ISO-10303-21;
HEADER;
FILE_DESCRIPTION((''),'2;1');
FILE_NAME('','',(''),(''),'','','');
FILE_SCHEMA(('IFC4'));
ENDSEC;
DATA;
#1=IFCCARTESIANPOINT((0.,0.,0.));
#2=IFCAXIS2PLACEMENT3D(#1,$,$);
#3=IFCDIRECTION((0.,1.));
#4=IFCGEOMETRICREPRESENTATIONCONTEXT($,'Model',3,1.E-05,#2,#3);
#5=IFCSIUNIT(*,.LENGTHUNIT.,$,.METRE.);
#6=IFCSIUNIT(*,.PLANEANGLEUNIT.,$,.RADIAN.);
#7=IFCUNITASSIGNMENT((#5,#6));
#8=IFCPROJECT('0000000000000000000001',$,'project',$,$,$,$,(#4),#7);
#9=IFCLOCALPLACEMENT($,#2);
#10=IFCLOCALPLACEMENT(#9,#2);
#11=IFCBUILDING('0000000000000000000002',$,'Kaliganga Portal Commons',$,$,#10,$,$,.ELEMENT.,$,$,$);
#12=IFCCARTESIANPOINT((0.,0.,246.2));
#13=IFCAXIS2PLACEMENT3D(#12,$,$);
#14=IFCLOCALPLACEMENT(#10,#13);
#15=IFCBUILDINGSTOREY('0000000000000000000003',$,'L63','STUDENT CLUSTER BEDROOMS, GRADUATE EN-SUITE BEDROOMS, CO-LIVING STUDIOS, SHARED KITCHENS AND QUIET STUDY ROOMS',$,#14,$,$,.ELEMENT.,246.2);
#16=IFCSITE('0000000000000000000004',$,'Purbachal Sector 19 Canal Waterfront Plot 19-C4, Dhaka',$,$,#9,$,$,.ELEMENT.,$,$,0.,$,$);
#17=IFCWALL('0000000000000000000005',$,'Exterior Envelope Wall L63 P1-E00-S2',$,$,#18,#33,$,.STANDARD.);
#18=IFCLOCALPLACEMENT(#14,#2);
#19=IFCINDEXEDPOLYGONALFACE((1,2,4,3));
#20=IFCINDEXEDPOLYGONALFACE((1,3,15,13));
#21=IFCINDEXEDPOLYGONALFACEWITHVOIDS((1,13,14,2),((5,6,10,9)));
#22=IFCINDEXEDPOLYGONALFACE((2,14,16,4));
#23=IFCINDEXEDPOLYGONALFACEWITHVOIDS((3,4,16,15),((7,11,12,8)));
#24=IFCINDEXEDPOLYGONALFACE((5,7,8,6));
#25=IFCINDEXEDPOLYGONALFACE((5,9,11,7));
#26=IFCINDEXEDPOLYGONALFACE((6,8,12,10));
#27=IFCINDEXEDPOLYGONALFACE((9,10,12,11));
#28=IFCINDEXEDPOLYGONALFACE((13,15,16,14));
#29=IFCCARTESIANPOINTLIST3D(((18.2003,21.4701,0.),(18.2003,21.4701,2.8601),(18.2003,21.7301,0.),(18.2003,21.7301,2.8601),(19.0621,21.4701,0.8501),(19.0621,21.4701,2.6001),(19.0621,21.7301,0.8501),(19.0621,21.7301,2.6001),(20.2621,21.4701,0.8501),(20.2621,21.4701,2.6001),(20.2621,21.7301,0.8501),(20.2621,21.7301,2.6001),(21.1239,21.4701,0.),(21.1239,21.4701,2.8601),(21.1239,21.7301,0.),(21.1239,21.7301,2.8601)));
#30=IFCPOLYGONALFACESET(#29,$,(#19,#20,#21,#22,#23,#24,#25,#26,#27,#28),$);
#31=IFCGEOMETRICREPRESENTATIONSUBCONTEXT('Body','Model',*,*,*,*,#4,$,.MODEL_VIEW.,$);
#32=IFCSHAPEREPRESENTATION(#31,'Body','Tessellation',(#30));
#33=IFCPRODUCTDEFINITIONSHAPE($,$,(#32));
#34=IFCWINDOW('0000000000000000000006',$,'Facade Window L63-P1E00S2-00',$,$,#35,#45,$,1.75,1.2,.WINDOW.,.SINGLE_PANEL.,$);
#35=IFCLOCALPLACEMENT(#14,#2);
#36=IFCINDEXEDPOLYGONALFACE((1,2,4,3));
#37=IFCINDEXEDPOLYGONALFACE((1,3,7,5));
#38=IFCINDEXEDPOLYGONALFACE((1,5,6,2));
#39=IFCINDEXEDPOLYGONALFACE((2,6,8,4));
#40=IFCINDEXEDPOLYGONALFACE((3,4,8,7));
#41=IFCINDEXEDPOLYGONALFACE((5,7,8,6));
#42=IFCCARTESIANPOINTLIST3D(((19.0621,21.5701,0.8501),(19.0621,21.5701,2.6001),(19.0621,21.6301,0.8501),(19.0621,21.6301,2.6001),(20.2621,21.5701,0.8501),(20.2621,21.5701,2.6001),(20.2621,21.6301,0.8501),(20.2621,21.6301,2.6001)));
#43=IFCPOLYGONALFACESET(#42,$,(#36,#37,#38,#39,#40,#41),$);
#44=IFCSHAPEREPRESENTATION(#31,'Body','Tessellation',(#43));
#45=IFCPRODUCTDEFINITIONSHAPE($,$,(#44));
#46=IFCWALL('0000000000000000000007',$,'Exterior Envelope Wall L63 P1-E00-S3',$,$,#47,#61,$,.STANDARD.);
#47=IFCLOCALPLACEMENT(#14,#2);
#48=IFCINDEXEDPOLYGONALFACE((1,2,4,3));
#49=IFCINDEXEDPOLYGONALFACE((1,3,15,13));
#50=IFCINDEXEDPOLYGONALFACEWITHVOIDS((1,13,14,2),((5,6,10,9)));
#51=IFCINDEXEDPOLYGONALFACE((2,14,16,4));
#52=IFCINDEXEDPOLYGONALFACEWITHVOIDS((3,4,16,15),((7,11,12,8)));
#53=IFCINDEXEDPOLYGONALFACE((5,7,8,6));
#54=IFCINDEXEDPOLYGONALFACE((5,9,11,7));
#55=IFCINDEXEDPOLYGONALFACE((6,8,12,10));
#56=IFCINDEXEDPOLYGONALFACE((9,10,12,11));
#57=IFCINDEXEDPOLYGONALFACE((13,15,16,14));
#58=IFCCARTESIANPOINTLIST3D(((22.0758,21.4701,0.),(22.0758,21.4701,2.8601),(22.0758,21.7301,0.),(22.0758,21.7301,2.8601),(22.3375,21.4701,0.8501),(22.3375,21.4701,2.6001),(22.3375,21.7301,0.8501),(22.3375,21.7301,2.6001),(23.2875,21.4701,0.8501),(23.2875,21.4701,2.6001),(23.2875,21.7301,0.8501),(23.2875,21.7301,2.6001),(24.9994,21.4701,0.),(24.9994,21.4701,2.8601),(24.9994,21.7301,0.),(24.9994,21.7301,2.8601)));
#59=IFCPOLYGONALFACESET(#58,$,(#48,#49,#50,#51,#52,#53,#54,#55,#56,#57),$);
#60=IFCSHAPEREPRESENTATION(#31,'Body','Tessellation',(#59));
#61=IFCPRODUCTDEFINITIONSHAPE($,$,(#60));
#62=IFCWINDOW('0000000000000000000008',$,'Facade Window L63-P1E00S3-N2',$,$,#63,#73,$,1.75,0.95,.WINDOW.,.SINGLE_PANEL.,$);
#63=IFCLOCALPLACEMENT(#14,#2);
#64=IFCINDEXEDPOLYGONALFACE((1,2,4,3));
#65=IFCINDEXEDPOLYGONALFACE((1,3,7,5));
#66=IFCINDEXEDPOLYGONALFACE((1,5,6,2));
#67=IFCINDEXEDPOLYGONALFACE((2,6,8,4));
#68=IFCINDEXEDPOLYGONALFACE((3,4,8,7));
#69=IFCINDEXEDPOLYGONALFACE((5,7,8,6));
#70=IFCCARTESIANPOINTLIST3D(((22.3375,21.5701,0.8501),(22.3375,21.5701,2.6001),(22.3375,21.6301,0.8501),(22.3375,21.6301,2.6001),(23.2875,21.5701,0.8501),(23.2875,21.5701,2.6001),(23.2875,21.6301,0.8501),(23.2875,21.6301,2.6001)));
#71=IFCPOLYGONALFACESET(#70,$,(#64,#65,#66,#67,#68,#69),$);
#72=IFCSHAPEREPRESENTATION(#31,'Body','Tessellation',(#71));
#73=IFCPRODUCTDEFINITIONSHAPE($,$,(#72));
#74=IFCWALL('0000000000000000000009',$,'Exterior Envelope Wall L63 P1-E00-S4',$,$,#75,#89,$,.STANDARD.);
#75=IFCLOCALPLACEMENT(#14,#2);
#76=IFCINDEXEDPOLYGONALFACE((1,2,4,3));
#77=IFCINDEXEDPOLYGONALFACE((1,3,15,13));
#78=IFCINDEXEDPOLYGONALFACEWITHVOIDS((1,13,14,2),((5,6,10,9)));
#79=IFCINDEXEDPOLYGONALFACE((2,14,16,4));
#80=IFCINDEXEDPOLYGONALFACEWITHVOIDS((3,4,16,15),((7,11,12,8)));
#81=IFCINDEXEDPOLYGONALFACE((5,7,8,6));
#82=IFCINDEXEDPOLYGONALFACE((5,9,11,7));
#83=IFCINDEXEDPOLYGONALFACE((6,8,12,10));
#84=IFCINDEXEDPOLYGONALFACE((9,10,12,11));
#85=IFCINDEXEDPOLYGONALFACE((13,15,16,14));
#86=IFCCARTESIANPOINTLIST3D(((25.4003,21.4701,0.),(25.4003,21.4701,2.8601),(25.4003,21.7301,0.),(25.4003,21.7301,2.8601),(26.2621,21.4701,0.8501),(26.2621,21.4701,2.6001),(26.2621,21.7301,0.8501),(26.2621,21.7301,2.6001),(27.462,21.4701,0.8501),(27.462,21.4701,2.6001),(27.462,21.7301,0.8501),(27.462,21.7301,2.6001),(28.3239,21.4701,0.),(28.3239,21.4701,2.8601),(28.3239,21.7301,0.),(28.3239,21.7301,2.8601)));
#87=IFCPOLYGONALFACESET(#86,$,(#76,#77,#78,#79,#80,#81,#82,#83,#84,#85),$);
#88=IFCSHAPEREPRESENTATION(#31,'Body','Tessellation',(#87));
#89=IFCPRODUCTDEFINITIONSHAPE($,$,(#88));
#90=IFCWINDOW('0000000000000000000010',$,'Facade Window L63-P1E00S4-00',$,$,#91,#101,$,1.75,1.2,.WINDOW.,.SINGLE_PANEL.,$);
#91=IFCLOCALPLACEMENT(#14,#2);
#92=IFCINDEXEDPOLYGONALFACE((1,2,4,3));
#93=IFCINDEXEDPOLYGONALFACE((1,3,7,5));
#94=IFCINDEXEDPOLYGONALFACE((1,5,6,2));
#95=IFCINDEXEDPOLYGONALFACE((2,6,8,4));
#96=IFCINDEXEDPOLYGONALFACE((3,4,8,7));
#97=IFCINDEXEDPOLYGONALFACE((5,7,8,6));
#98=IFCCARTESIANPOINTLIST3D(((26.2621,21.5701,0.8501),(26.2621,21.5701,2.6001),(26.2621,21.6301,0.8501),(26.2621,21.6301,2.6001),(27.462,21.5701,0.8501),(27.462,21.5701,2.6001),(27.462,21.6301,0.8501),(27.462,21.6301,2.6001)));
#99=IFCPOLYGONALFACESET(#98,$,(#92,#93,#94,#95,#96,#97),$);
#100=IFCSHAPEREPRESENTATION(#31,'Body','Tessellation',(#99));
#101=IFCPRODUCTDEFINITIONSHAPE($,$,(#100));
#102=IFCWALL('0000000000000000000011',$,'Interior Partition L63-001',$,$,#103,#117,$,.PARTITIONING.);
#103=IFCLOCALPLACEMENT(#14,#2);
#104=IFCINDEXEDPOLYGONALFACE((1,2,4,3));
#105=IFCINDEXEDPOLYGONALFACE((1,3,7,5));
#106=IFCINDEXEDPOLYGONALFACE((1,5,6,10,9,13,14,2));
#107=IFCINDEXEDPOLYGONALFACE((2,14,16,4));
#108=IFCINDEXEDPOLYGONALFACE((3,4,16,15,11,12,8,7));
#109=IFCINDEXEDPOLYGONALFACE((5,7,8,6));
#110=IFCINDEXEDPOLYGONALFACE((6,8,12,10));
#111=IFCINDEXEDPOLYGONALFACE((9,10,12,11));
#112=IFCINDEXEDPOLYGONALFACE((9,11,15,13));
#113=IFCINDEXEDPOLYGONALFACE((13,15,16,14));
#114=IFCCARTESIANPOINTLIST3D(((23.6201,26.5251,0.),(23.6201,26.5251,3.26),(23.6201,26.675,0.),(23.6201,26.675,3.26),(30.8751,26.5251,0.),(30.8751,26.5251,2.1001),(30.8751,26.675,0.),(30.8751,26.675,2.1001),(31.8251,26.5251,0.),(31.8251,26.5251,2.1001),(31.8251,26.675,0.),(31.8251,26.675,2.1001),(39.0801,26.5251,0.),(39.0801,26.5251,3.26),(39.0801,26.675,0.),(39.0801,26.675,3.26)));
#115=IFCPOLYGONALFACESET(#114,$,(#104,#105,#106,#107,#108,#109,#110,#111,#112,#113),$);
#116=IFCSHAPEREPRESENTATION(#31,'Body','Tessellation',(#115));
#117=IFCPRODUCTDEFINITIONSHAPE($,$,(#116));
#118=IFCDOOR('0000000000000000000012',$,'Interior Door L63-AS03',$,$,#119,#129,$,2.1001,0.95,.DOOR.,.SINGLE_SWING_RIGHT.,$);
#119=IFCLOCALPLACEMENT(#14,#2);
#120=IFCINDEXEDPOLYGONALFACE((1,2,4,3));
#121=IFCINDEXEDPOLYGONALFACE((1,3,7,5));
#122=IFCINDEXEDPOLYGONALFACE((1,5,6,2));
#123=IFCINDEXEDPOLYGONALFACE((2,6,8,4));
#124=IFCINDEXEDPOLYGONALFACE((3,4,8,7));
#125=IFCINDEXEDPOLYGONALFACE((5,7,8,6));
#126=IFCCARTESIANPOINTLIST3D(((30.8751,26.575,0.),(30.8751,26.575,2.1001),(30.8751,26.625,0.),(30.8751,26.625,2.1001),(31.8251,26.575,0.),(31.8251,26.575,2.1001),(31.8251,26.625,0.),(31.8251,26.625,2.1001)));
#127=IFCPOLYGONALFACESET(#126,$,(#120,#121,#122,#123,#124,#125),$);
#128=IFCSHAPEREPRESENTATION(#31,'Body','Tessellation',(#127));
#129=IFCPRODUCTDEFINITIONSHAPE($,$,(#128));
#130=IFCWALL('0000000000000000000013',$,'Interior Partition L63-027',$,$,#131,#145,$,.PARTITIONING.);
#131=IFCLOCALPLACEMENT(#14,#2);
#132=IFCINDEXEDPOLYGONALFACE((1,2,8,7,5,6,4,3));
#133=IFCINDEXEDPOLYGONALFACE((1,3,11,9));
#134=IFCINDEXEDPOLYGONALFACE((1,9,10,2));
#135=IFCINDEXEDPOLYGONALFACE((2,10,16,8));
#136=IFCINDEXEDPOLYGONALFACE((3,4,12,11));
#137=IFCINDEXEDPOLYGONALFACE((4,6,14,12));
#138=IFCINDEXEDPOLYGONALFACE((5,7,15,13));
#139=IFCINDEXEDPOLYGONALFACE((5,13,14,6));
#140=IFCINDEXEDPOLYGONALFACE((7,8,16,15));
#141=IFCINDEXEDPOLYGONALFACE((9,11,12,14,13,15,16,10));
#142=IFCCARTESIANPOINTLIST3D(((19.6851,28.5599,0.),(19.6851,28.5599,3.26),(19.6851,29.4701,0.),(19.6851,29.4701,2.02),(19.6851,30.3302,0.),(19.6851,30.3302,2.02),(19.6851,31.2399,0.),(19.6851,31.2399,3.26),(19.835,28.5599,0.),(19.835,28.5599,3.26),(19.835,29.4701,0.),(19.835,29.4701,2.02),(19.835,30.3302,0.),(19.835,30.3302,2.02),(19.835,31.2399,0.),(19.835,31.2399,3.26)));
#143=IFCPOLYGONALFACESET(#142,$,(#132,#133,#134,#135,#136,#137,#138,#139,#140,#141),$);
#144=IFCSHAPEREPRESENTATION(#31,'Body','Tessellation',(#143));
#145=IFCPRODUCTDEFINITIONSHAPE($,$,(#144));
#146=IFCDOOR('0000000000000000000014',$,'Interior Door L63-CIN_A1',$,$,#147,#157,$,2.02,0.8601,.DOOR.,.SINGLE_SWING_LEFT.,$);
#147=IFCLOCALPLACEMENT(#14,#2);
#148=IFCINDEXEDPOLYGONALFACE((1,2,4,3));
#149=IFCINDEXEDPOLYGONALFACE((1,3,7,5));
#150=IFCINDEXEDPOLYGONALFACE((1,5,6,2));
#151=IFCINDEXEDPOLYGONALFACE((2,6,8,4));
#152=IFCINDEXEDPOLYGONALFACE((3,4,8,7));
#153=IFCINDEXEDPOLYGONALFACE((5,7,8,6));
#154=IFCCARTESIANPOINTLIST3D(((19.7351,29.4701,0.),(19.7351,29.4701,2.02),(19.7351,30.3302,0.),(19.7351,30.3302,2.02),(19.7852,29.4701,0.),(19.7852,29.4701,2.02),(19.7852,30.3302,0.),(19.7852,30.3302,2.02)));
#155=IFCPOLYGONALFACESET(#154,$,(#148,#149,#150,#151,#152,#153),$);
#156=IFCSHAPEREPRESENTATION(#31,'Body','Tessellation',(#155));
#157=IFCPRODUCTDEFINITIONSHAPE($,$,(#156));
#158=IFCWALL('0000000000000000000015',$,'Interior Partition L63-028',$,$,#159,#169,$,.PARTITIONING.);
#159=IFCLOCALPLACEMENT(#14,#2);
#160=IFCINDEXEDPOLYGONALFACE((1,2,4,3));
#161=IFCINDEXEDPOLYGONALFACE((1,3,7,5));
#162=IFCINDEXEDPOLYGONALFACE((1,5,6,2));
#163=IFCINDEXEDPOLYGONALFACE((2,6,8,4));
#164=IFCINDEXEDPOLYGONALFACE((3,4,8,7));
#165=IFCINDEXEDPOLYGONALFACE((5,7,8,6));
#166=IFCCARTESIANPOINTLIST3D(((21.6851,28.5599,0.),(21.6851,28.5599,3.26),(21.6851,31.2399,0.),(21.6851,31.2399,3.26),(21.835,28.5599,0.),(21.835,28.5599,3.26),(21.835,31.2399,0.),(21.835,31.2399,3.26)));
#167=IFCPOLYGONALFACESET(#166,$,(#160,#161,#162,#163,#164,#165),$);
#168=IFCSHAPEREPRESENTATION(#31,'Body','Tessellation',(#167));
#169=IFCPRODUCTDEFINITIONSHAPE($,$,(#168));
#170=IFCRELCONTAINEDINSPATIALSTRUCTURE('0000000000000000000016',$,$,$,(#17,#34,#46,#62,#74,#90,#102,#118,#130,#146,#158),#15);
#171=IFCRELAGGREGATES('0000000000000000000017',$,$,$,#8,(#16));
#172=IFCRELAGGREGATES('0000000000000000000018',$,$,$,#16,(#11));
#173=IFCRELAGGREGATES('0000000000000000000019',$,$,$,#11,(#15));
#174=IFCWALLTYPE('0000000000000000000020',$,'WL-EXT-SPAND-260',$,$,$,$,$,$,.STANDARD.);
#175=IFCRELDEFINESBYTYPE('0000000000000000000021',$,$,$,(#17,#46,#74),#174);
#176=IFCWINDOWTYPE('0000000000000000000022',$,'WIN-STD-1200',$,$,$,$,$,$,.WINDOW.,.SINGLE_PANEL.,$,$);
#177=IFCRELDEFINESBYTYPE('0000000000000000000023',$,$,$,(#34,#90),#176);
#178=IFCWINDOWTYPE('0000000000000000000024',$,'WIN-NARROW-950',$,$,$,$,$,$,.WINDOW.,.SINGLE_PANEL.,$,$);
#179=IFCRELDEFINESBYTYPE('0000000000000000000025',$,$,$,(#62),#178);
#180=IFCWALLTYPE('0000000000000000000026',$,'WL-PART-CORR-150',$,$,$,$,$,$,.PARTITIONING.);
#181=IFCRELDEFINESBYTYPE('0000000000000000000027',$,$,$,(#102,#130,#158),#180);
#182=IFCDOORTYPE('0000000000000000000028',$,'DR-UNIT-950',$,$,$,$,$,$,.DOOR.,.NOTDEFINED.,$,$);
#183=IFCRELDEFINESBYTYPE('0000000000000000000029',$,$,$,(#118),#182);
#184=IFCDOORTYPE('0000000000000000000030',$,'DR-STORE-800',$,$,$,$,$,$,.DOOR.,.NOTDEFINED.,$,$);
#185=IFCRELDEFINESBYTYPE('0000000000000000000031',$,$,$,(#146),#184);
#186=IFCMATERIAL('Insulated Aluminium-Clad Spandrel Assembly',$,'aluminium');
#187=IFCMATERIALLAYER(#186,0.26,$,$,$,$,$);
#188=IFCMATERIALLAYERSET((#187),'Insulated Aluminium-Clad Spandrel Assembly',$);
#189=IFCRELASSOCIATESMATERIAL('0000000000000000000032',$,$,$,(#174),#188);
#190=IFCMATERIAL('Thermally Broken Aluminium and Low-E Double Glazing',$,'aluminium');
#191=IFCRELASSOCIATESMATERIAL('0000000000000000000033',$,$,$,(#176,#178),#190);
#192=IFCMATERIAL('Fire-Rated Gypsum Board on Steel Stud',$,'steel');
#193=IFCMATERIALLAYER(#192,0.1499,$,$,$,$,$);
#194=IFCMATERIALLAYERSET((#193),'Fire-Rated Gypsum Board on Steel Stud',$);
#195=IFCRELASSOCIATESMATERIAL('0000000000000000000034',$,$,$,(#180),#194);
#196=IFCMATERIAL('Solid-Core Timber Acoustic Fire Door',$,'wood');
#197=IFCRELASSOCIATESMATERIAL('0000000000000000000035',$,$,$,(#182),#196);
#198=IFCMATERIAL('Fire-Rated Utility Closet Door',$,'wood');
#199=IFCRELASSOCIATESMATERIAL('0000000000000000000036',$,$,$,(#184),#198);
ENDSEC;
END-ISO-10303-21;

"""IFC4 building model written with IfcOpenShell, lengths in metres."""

from ifc_helpers import new_model, si_unit, direction, frame, frame_2d, origin, place, context, subcontext, project, spatial, rectangle, extrude, material, layer, layer_set, type_object, element, fill, save


model = new_model("IFC4")

# Units and contexts
model_context = context("Model", 3, precision=1e-05, world=origin(), true_north=direction((0.0, 1.0)))
body_context = subcontext(model_context, "Body", "Model", "MODEL_VIEW")
ifc_project = project(units=[si_unit("LENGTHUNIT", "METRE"), si_unit("PLANEANGLEUNIT", "RADIAN")], contexts=[model_context])

# Site, building, storey
site_placement = place(None, origin())
site = spatial("IfcSite", under=ifc_project, at=site_placement, Name="Purbachal Sector 19 Canal Waterfront Plot 19-C4, Dhaka", CompositionType="ELEMENT", RefElevation=0.0)
building_placement = place(site_placement, origin())
building = spatial("IfcBuilding", under=site, at=building_placement, Name="Kaliganga Portal Commons", CompositionType="ELEMENT")
storey_placement = place(building_placement, frame((0.0, 0.0, 246.2)))
storey = spatial("IfcBuildingStorey", under=building, at=storey_placement, Name="L63", Description="STUDENT CLUSTER BEDROOMS, GRADUATE EN-SUITE BEDROOMS, CO-LIVING STUDIOS, SHARED KITCHENS AND QUIET STUDY ROOMS", CompositionType="ELEMENT", Elevation=246.2)

# Walls, openings, windows
ifc_material_1 = material(Name="Insulated Aluminium-Clad Spandrel Assembly", Category="aluminium")
ifc_layer_1 = layer(ifc_material_1, 0.26)
ifc_layer_set_1 = layer_set([ifc_layer_1], Name="Insulated Aluminium-Clad Spandrel Assembly")
wall_type_1 = type_object("IfcWallType", Name="WL-EXT-SPAND-260", PredefinedType="STANDARD", material=ifc_layer_set_1)
wall_1_placement = place(storey_placement, frame((21.124, 21.6001, 0.0), z_axis=(0.0, 0.0, 1.0), x_axis=(-1.0, 0.0, 0.0)))
wall_1 = element("IfcWall", 1, at=wall_1_placement, inside=storey, type_object=wall_type_1, Name="Exterior Envelope Wall L63 P1-E00-S2", PredefinedType="STANDARD", context=body_context, shape_type="SweptSolid", body=[
    extrude(rectangle(XDim=2.9236, YDim=0.26, at=frame_2d((1.4619, 0.0))), origin(), (0.0, 0.0, 1.0), 2.8601),
])
opening_1_placement = place(wall_1_placement, frame((0.8618, 0.0, 0.8501)))
opening_1 = element("IfcOpeningElement", 2, at=opening_1_placement, cuts=wall_1, PredefinedType="OPENING", context=body_context, shape_type="SweptSolid", body=[
    extrude(rectangle(XDim=1.2, YDim=1.75, at=frame_2d((0.6001, 0.875))), frame((0.0, 0.1401, 0.0), z_axis=(0.0, -1.0, 0.0), x_axis=(1.0, 0.0, 0.0)), (0.0, 0.0, 1.0), 0.28),
])
ifc_material_2 = material(Name="Thermally Broken Aluminium and Low-E Double Glazing", Category="aluminium")
window_type_1 = type_object("IfcWindowType", Name="WIN-STD-1200", PartitioningType="SINGLE_PANEL", PredefinedType="WINDOW", material=ifc_material_2)
window_1_placement = place(opening_1_placement, origin())
window_1 = element("IfcWindow", 3, at=window_1_placement, inside=storey, type_object=window_type_1, Name="Facade Window L63-P1E00S2-00", OverallHeight=1.75, OverallWidth=1.2, PartitioningType="SINGLE_PANEL", PredefinedType="WINDOW", context=body_context, shape_type="SweptSolid", body=[
    extrude(rectangle(XDim=1.2, YDim=1.75, at=frame_2d((0.6001, 0.875))), frame((0.0, 0.03, 0.0), z_axis=(0.0, -1.0, 0.0), x_axis=(1.0, 0.0, 0.0)), (0.0, 0.0, 1.0), 0.0601),
])
fill(opening_1, window_1)
wall_2_placement = place(storey_placement, frame((24.9995, 21.6001, 0.0), z_axis=(0.0, 0.0, 1.0), x_axis=(-1.0, 0.0, 0.0)))
wall_2 = element("IfcWall", 4, at=wall_2_placement, inside=storey, type_object=wall_type_1, Name="Exterior Envelope Wall L63 P1-E00-S3", PredefinedType="STANDARD", context=body_context, shape_type="SweptSolid", body=[
    extrude(rectangle(XDim=2.9236, YDim=0.26, at=frame_2d((1.4619, 0.0))), origin(), (0.0, 0.0, 1.0), 2.8601),
])
opening_2_placement = place(wall_2_placement, frame((1.7119, 0.0, 0.8501)))
opening_2 = element("IfcOpeningElement", 5, at=opening_2_placement, cuts=wall_2, PredefinedType="OPENING", context=body_context, shape_type="SweptSolid", body=[
    extrude(rectangle(XDim=0.95, YDim=1.75, at=frame_2d((0.4751, 0.875))), frame((0.0, 0.1401, 0.0), z_axis=(0.0, -1.0, 0.0), x_axis=(1.0, 0.0, 0.0)), (0.0, 0.0, 1.0), 0.28),
])
window_type_2 = type_object("IfcWindowType", Name="WIN-NARROW-950", PartitioningType="SINGLE_PANEL", PredefinedType="WINDOW", material=ifc_material_2)
window_2_placement = place(opening_2_placement, origin())
window_2 = element("IfcWindow", 6, at=window_2_placement, inside=storey, type_object=window_type_2, Name="Facade Window L63-P1E00S3-N2", OverallHeight=1.75, OverallWidth=0.95, PartitioningType="SINGLE_PANEL", PredefinedType="WINDOW", context=body_context, shape_type="SweptSolid", body=[
    extrude(rectangle(XDim=0.95, YDim=1.75, at=frame_2d((0.4751, 0.875))), frame((0.0, 0.03, 0.0), z_axis=(0.0, -1.0, 0.0), x_axis=(1.0, 0.0, 0.0)), (0.0, 0.0, 1.0), 0.0601),
])
fill(opening_2, window_2)
wall_3_placement = place(storey_placement, frame((28.324, 21.6001, 0.0), z_axis=(0.0, 0.0, 1.0), x_axis=(-1.0, 0.0, 0.0)))
wall_3 = element("IfcWall", 7, at=wall_3_placement, inside=storey, type_object=wall_type_1, Name="Exterior Envelope Wall L63 P1-E00-S4", PredefinedType="STANDARD", context=body_context, shape_type="SweptSolid", body=[
    extrude(rectangle(XDim=2.9236, YDim=0.26, at=frame_2d((1.4619, 0.0))), origin(), (0.0, 0.0, 1.0), 2.8601),
])
opening_3_placement = place(wall_3_placement, frame((0.8618, 0.0, 0.8501)))
opening_3 = element("IfcOpeningElement", 8, at=opening_3_placement, cuts=wall_3, PredefinedType="OPENING", context=body_context, shape_type="SweptSolid", body=[
    extrude(rectangle(XDim=1.2, YDim=1.75, at=frame_2d((0.6001, 0.875))), frame((0.0, 0.1401, 0.0), z_axis=(0.0, -1.0, 0.0), x_axis=(1.0, 0.0, 0.0)), (0.0, 0.0, 1.0), 0.28),
])
window_3_placement = place(opening_3_placement, origin())
window_3 = element("IfcWindow", 9, at=window_3_placement, inside=storey, type_object=window_type_1, Name="Facade Window L63-P1E00S4-00", OverallHeight=1.75, OverallWidth=1.2, PartitioningType="SINGLE_PANEL", PredefinedType="WINDOW", context=body_context, shape_type="SweptSolid", body=[
    extrude(rectangle(XDim=1.2, YDim=1.75, at=frame_2d((0.6001, 0.875))), frame((0.0, 0.03, 0.0), z_axis=(0.0, -1.0, 0.0), x_axis=(1.0, 0.0, 0.0)), (0.0, 0.0, 1.0), 0.0601),
])
fill(opening_3, window_3)

# Walls, openings, doors
ifc_material_3 = material(Name="Fire-Rated Gypsum Board on Steel Stud", Category="steel")
ifc_layer_2 = layer(ifc_material_3, 0.1499)
ifc_layer_set_2 = layer_set([ifc_layer_2], Name="Fire-Rated Gypsum Board on Steel Stud")
wall_type_2 = type_object("IfcWallType", Name="WL-PART-CORR-150", PredefinedType="PARTITIONING", material=ifc_layer_set_2)
wall_4_placement = place(storey_placement, frame((23.6201, 26.6001, 0.0), z_axis=(0.0, 0.0, 1.0), x_axis=(1.0, 0.0, 0.0)))
wall_4 = element("IfcWall", 10, at=wall_4_placement, inside=storey, type_object=wall_type_2, Name="Interior Partition L63-001", PredefinedType="PARTITIONING", context=body_context, shape_type="SweptSolid", body=[
    extrude(rectangle(XDim=15.46, YDim=0.1499, at=frame_2d((7.73, 0.0))), origin(), (0.0, 0.0, 1.0), 3.26),
])
opening_4_placement = place(wall_4_placement, frame((7.2549, 0.0, 0.0)))
opening_4 = element("IfcOpeningElement", 11, at=opening_4_placement, cuts=wall_4, PredefinedType="OPENING", context=body_context, shape_type="SweptSolid", body=[
    extrude(rectangle(XDim=0.95, YDim=2.1001, at=frame_2d((0.4751, 1.05))), frame((0.0, 0.085, 0.0), z_axis=(0.0, -1.0, 0.0), x_axis=(1.0, 0.0, 0.0)), (0.0, 0.0, 1.0), 0.1699),
])
ifc_material_4 = material(Name="Solid-Core Timber Acoustic Fire Door", Category="wood")
door_type_1 = type_object("IfcDoorType", Name="DR-UNIT-950", OperationType="NOTDEFINED", PredefinedType="DOOR", material=ifc_material_4)
door_1_placement = place(opening_4_placement, origin())
door_1 = element("IfcDoor", 12, at=door_1_placement, inside=storey, type_object=door_type_1, Name="Interior Door L63-AS03", OperationType="SINGLE_SWING_RIGHT", OverallHeight=2.1001, OverallWidth=0.95, PredefinedType="DOOR", context=body_context, shape_type="SweptSolid", body=[
    extrude(rectangle(XDim=0.95, YDim=2.1001, at=frame_2d((0.4751, 1.05))), frame((0.0, 0.0249, 0.0), z_axis=(0.0, -1.0, 0.0), x_axis=(1.0, 0.0, 0.0)), (0.0, 0.0, 1.0), 0.05),
])
fill(opening_4, door_1)
wall_5_placement = place(storey_placement, frame((19.76, 28.5601, 0.0), z_axis=(0.0, 0.0, 1.0), x_axis=(0.0, 1.0, 0.0)))
wall_5 = element("IfcWall", 13, at=wall_5_placement, inside=storey, type_object=wall_type_2, Name="Interior Partition L63-027", PredefinedType="PARTITIONING", context=body_context, shape_type="SweptSolid", body=[
    extrude(rectangle(XDim=2.6799, YDim=0.1499, at=frame_2d((1.3398, 0.0))), origin(), (0.0, 0.0, 1.0), 3.26),
])
opening_5_placement = place(wall_5_placement, frame((0.9099, 0.0, 0.0)))
opening_5 = element("IfcOpeningElement", 14, at=opening_5_placement, cuts=wall_5, PredefinedType="OPENING", context=body_context, shape_type="SweptSolid", body=[
    extrude(rectangle(XDim=0.8601, YDim=2.02, at=frame_2d((0.4302, 1.01))), frame((0.0, 0.085, 0.0), z_axis=(0.0, -1.0, 0.0), x_axis=(1.0, 0.0, 0.0)), (0.0, 0.0, 1.0), 0.1699),
])
ifc_material_5 = material(Name="Fire-Rated Utility Closet Door", Category="wood")
door_type_2 = type_object("IfcDoorType", Name="DR-STORE-800", OperationType="NOTDEFINED", PredefinedType="DOOR", material=ifc_material_5)
door_2_placement = place(opening_5_placement, origin())
door_2 = element("IfcDoor", 15, at=door_2_placement, inside=storey, type_object=door_type_2, Name="Interior Door L63-CIN_A1", OperationType="SINGLE_SWING_LEFT", OverallHeight=2.02, OverallWidth=0.8601, PredefinedType="DOOR", context=body_context, shape_type="SweptSolid", body=[
    extrude(rectangle(XDim=0.8601, YDim=2.02, at=frame_2d((0.4302, 1.01))), frame((0.0, 0.0249, 0.0), z_axis=(0.0, -1.0, 0.0), x_axis=(1.0, 0.0, 0.0)), (0.0, 0.0, 1.0), 0.05),
])
fill(opening_5, door_2)

# Wall
wall_6_placement = place(storey_placement, frame((21.76, 28.5601, 0.0), z_axis=(0.0, 0.0, 1.0), x_axis=(0.0, 1.0, 0.0)))
element("IfcWall", 16, at=wall_6_placement, inside=storey, type_object=wall_type_2, Name="Interior Partition L63-028", PredefinedType="PARTITIONING", context=body_context, shape_type="SweptSolid", body=[
    extrude(rectangle(XDim=2.6799, YDim=0.1499, at=frame_2d((1.3398, 0.0))), origin(), (0.0, 0.0, 1.0), 3.26),
])

save(model, "model.ifc")
